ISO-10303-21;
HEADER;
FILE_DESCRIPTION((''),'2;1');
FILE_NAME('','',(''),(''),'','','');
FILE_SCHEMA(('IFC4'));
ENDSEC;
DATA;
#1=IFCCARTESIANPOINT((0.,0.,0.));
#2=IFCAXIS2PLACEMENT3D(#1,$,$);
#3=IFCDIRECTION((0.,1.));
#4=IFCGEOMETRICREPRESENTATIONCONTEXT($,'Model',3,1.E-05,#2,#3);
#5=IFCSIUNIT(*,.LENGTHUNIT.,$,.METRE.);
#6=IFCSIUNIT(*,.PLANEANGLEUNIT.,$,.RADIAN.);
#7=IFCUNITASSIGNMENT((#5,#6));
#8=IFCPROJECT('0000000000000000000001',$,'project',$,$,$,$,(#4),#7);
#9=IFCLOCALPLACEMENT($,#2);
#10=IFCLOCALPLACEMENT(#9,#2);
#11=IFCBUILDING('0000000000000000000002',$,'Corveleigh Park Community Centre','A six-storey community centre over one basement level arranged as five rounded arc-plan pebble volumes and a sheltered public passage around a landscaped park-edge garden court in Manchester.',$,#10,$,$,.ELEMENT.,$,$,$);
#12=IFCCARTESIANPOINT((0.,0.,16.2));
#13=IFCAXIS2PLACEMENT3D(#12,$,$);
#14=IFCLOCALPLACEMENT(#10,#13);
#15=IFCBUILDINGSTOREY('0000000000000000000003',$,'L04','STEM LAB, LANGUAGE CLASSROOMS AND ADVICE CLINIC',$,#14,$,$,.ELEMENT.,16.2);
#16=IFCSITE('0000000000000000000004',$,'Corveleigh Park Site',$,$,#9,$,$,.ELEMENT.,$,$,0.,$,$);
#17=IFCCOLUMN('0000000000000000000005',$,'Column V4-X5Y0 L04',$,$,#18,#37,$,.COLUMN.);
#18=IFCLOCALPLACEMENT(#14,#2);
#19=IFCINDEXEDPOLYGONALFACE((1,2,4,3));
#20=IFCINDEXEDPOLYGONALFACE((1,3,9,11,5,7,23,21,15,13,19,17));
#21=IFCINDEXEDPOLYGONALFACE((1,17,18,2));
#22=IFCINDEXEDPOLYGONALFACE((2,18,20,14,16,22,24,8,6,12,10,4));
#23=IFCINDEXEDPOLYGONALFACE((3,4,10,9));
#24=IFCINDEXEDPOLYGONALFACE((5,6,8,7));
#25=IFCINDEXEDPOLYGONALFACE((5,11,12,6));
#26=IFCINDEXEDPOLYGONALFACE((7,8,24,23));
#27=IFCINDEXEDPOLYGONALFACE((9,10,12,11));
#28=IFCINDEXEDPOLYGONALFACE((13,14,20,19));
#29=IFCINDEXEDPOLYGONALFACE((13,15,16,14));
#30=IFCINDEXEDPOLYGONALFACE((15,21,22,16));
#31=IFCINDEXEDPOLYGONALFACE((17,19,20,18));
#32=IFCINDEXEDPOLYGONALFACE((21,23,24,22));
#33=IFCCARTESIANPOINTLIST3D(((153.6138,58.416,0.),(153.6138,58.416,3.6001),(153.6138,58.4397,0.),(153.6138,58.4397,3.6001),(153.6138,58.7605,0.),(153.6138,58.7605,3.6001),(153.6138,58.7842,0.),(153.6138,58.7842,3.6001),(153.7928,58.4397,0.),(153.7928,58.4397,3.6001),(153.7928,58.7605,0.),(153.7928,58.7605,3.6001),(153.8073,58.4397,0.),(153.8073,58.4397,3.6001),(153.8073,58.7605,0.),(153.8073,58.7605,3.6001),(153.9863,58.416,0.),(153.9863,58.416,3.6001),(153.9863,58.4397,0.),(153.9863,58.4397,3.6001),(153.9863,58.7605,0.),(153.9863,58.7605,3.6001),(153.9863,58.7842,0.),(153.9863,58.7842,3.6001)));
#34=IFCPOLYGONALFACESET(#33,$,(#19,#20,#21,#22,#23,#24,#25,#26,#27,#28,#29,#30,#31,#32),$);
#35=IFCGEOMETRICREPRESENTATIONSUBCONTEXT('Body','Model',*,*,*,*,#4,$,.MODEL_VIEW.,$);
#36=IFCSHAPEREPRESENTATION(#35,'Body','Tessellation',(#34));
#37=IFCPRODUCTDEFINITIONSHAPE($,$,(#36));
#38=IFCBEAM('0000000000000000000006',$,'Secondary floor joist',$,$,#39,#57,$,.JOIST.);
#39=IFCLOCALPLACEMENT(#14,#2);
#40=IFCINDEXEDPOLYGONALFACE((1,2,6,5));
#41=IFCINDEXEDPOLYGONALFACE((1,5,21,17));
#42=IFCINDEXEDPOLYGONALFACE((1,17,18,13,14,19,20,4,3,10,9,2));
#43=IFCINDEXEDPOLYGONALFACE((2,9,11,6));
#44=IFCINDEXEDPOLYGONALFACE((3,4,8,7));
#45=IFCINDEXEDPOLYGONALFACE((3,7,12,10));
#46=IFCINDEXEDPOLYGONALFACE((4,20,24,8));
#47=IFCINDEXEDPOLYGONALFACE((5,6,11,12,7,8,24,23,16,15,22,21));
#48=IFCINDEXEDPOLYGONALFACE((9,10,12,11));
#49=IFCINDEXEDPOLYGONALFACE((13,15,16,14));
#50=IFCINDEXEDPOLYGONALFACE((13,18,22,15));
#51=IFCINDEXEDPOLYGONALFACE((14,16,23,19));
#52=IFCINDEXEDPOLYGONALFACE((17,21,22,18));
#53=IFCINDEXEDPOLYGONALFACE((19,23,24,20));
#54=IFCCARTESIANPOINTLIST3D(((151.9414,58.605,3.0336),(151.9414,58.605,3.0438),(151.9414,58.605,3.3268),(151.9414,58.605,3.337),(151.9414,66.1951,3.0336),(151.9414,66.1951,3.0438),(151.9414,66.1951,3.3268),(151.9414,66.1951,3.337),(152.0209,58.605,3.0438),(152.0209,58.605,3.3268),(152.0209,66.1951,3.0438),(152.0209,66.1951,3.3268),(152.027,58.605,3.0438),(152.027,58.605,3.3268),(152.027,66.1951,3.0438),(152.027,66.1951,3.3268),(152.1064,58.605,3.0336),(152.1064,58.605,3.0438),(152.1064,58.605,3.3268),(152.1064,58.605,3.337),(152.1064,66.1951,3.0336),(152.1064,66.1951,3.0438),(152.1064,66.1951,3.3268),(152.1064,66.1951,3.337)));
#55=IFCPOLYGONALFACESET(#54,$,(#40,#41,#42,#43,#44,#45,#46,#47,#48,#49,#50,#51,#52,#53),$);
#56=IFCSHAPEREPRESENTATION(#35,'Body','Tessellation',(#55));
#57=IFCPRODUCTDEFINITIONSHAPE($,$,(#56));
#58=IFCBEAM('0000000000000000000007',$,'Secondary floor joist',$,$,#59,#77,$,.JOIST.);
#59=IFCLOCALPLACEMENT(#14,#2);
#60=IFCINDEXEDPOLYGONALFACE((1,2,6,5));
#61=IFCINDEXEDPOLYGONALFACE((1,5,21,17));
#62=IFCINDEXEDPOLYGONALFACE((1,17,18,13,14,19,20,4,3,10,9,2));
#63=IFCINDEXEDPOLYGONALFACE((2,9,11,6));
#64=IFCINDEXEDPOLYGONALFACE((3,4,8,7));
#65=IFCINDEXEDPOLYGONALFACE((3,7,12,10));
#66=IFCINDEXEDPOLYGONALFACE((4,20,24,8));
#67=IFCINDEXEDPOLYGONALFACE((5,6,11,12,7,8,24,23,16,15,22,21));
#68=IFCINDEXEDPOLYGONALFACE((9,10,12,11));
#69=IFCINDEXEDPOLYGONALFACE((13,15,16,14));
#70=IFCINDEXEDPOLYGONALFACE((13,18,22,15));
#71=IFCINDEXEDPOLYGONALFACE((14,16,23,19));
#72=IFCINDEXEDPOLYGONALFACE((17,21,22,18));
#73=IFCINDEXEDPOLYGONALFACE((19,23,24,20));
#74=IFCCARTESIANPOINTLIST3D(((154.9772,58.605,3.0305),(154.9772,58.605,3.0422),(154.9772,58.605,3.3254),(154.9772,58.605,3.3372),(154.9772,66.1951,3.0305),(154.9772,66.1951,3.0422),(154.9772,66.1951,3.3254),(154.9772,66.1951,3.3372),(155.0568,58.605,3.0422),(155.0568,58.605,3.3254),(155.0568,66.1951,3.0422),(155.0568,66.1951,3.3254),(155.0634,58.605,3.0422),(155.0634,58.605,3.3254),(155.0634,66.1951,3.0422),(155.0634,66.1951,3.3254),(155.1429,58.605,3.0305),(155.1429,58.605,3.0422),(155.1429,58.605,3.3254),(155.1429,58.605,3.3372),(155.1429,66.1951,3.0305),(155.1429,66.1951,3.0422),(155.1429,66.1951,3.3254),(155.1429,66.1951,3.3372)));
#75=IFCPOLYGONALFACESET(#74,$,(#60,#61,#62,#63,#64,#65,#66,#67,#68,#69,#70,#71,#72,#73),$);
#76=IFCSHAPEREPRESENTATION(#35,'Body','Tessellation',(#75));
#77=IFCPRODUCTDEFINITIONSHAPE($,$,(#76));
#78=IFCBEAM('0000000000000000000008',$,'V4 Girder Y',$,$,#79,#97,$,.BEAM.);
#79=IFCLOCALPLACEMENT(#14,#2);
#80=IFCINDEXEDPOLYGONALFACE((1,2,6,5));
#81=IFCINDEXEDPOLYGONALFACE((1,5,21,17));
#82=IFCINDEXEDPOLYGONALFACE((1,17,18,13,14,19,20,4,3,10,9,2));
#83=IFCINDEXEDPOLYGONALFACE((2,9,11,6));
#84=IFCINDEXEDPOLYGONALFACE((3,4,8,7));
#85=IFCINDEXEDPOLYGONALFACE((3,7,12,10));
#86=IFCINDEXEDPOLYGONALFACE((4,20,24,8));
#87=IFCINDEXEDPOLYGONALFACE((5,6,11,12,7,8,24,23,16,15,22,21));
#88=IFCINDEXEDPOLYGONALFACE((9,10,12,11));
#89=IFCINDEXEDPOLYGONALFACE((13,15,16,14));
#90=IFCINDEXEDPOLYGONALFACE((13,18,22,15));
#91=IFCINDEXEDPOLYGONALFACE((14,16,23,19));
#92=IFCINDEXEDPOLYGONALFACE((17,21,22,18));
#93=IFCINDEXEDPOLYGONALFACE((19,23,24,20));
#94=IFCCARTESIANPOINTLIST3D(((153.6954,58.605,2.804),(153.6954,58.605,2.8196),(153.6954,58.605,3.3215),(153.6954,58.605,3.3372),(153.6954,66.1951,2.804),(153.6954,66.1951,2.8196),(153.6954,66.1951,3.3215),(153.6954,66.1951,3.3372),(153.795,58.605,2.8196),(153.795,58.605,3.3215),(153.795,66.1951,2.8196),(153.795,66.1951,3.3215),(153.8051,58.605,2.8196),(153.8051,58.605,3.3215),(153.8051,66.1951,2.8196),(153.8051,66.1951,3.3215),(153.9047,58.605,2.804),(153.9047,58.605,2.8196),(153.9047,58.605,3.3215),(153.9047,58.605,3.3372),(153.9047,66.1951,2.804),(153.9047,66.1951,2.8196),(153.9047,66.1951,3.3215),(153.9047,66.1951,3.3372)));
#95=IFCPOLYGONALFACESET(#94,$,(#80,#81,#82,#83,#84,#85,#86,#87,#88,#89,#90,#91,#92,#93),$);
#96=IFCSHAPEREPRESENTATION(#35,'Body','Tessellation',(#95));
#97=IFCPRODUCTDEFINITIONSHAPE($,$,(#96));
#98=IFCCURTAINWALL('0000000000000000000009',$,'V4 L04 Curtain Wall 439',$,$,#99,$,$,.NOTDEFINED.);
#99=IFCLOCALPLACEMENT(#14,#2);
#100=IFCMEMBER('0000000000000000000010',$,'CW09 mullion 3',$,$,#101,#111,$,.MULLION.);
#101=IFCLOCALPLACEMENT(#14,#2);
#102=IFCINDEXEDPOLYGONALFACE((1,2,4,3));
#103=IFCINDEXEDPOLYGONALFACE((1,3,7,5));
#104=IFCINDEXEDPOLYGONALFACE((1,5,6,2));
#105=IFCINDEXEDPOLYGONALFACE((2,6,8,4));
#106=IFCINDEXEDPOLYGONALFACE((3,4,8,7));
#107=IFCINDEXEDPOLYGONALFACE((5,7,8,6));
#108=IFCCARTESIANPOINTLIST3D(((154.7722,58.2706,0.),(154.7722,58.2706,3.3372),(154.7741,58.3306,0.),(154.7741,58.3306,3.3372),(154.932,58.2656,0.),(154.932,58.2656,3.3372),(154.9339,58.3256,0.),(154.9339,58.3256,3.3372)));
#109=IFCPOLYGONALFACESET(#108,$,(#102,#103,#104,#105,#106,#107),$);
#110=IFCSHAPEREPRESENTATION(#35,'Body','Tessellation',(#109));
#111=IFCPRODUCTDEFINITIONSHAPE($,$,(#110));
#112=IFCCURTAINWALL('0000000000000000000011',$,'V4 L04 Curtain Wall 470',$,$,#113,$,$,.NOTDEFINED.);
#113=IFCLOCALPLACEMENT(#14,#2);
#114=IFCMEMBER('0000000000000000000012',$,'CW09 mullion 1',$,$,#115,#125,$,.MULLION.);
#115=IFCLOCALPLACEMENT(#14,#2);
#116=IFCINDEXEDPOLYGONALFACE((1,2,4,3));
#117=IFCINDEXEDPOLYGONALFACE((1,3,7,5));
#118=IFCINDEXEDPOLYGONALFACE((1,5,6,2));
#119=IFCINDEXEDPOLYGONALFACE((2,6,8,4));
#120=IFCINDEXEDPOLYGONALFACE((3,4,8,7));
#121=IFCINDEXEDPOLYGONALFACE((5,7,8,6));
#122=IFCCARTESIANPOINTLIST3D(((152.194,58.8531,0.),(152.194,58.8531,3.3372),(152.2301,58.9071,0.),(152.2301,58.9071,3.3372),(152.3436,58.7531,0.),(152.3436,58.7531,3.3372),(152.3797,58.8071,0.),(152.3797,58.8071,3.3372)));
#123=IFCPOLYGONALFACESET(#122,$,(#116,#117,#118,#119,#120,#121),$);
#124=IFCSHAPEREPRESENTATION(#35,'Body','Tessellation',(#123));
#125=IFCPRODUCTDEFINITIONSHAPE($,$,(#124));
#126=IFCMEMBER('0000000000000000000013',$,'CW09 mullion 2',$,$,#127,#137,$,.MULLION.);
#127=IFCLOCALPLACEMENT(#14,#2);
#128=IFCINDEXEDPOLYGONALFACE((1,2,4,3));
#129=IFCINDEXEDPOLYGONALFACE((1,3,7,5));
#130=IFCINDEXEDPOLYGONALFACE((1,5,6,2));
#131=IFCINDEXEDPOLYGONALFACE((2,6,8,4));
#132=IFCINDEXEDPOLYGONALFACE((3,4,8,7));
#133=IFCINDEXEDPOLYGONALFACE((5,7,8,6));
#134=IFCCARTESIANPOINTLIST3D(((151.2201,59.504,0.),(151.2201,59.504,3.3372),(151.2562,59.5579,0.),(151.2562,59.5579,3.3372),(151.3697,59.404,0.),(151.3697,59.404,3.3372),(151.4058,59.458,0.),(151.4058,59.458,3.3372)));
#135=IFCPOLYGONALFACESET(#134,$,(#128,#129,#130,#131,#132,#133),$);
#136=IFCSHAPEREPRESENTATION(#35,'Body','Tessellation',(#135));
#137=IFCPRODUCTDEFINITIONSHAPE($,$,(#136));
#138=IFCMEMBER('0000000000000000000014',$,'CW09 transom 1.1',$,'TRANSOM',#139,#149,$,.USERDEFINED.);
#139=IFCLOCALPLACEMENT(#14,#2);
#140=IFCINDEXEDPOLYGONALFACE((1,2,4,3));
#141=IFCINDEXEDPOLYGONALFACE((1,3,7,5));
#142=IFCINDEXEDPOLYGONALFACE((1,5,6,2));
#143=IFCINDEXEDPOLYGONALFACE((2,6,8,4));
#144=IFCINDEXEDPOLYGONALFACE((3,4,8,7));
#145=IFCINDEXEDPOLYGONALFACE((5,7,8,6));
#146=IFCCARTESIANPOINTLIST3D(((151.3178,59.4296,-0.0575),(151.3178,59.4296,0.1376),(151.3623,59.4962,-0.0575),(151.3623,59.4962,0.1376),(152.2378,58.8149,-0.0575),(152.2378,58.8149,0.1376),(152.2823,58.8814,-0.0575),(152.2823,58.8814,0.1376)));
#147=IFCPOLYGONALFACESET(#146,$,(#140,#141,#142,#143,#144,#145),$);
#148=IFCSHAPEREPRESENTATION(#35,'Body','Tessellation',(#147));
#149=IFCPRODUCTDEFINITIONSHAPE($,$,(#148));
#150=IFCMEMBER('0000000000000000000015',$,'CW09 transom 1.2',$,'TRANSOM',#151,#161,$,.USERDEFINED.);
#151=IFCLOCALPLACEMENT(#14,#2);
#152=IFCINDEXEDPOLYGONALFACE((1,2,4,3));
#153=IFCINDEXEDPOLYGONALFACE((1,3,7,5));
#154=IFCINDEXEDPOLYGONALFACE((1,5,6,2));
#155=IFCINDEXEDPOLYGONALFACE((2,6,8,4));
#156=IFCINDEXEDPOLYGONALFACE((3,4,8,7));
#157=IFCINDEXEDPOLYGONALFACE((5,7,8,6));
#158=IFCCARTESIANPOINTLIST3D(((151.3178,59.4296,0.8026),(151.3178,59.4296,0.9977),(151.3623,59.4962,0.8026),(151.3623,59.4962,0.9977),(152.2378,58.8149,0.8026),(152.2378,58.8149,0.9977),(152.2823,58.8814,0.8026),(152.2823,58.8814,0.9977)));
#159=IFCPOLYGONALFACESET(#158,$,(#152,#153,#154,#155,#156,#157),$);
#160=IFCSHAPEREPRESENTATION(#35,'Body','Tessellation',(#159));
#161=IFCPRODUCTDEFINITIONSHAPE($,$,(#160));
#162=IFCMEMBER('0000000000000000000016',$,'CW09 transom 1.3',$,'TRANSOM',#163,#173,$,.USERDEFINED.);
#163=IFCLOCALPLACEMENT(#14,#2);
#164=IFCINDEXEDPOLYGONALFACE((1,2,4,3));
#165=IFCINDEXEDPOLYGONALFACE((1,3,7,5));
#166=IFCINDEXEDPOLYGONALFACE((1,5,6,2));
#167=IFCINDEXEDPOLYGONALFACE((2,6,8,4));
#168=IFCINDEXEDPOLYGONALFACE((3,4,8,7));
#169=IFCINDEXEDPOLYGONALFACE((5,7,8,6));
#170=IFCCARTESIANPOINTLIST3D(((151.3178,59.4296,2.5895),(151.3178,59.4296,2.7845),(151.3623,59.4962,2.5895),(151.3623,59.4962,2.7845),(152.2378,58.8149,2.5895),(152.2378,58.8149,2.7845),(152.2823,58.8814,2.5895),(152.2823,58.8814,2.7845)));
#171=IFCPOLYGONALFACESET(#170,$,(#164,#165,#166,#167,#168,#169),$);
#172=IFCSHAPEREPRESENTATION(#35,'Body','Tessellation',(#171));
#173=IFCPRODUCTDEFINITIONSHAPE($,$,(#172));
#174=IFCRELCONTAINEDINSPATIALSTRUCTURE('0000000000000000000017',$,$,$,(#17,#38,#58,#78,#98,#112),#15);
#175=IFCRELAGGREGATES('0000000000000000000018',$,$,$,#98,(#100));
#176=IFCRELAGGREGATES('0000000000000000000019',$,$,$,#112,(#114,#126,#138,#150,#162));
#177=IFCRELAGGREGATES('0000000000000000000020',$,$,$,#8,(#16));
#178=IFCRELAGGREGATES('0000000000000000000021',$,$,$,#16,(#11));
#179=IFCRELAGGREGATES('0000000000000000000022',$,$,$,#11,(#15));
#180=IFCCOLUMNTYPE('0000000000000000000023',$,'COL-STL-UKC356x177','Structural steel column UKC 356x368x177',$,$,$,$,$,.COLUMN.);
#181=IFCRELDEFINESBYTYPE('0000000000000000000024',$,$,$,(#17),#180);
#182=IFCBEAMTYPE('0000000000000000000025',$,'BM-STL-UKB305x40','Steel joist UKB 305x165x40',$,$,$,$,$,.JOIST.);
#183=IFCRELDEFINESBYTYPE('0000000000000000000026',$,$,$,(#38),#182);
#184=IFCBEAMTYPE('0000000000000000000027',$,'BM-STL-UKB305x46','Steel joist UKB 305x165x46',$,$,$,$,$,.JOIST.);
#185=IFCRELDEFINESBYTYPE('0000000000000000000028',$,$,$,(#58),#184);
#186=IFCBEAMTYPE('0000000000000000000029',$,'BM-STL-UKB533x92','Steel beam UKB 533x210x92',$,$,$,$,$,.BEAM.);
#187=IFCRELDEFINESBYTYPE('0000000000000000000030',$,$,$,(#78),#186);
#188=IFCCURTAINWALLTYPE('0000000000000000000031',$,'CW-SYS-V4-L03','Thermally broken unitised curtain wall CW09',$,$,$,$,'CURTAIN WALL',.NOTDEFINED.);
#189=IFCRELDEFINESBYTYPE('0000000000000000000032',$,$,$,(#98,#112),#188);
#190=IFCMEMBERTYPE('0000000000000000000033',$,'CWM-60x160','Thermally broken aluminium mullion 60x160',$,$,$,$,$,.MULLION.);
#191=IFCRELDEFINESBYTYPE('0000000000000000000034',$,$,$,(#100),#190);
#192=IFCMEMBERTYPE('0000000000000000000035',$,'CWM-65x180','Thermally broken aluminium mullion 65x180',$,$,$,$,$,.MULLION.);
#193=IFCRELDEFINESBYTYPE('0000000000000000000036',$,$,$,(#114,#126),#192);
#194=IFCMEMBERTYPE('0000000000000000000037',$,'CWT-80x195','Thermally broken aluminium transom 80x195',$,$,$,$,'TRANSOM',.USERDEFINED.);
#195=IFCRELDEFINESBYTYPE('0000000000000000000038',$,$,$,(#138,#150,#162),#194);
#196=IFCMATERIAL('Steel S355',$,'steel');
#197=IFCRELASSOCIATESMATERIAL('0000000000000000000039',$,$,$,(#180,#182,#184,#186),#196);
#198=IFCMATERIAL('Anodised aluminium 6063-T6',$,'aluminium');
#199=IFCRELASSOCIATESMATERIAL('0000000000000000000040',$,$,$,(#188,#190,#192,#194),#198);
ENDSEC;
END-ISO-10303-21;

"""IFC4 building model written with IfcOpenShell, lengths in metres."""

from ifc_helpers import new_model, si_unit, direction, frame, origin, origin_2d, place, context, subcontext, project, spatial, rectangle, i_section, extrude, material, material_profile, profile_set, type_object, element, aggregate, save


model = new_model("IFC4")

# Units and contexts
model_context = context("Model", 3, precision=1e-05, world=origin(), true_north=direction((0.0, 1.0)))
body_context = subcontext(model_context, "Body", "Model", "MODEL_VIEW")
ifc_project = project(units=[si_unit("LENGTHUNIT", "METRE"), si_unit("PLANEANGLEUNIT", "RADIAN")], contexts=[model_context])

# Site, building, storey
site_placement = place(None, origin())
site = spatial("IfcSite", under=ifc_project, at=site_placement, Name="Corveleigh Park Site", CompositionType="ELEMENT", RefElevation=0.0)
building_placement = place(site_placement, origin())
building = spatial("IfcBuilding", under=site, at=building_placement, Name="Corveleigh Park Community Centre", Description="A six-storey community centre over one basement level arranged as five rounded arc-plan pebble volumes and a sheltered public passage around a landscaped park-edge garden court in Manchester.", CompositionType="ELEMENT")
storey_placement = place(building_placement, frame((0.0, 0.0, 16.2)))
storey = spatial("IfcBuildingStorey", under=building, at=storey_placement, Name="L04", Description="STEM LAB, LANGUAGE CLASSROOMS AND ADVICE CLINIC", CompositionType="ELEMENT", Elevation=16.2)

# Column
ifc_material_1 = material(Name="Steel S355", Category="steel")
ifc_material_profile_1 = material_profile(ifc_material_1, i_section(OverallWidth=0.3726, OverallDepth=0.3682, WebThickness=0.0144, FlangeThickness=0.0237, at=origin_2d()), Name="UKC 356x368x177", Category="steel")
ifc_profile_set_1 = profile_set([ifc_material_profile_1], Name="Steel S355")
column_type = type_object("IfcColumnType", Name="COL-STL-UKC356x177", Description="Structural steel column UKC 356x368x177", PredefinedType="COLUMN", material=ifc_profile_set_1)
column_placement = place(storey_placement, frame((153.8, 58.6001, 0.0), z_axis=(0.0, 0.0, 1.0), x_axis=(1.0, 0.0, 0.0)))
element("IfcColumn", 1, at=column_placement, inside=storey, type_object=column_type, Name="Column V4-X5Y0 L04", PredefinedType="COLUMN", context=body_context, shape_type="SweptSolid", body=[
    extrude(i_section(OverallWidth=0.3726, OverallDepth=0.3682, WebThickness=0.0144, FlangeThickness=0.0237, at=origin_2d()), origin(), (0.0, 0.0, 1.0), 3.6001),
])

# Beams
ifc_material_profile_2 = material_profile(ifc_material_1, i_section(OverallWidth=0.165, OverallDepth=0.3035, WebThickness=0.0061, FlangeThickness=0.0103, at=origin_2d()), Name="UKB 305x165x40", Category="steel")
ifc_profile_set_2 = profile_set([ifc_material_profile_2], Name="Steel S355")
beam_type_1 = type_object("IfcBeamType", Name="BM-STL-UKB305x40", Description="Steel joist UKB 305x165x40", PredefinedType="JOIST", material=ifc_profile_set_2)
beam_1_placement = place(storey_placement, frame((152.0239, 58.605, 3.1853), z_axis=(0.0, 1.0, 0.0), x_axis=(-1.0, 0.0, 0.0)))
element("IfcBeam", 2, at=beam_1_placement, inside=storey, type_object=beam_type_1, Name="Secondary floor joist", PredefinedType="JOIST", context=body_context, shape_type="SweptSolid", body=[
    extrude(i_section(OverallWidth=0.165, OverallDepth=0.3035, WebThickness=0.0061, FlangeThickness=0.0103, at=origin_2d()), origin(), (0.0, 0.0, 1.0), 7.5901),
])
ifc_material_profile_3 = material_profile(ifc_material_1, i_section(OverallWidth=0.1658, OverallDepth=0.3066, WebThickness=0.0066, FlangeThickness=0.0117, at=origin_2d()), Name="UKB 305x165x46", Category="steel")
ifc_profile_set_3 = profile_set([ifc_material_profile_3], Name="Steel S355")
beam_type_2 = type_object("IfcBeamType", Name="BM-STL-UKB305x46", Description="Steel joist UKB 305x165x46", PredefinedType="JOIST", material=ifc_profile_set_3)
beam_2_placement = place(storey_placement, frame((155.0601, 58.605, 3.1838), z_axis=(0.0, 1.0, 0.0), x_axis=(-1.0, 0.0, 0.0)))
element("IfcBeam", 3, at=beam_2_placement, inside=storey, type_object=beam_type_2, Name="Secondary floor joist", PredefinedType="JOIST", context=body_context, shape_type="SweptSolid", body=[
    extrude(i_section(OverallWidth=0.1658, OverallDepth=0.3066, WebThickness=0.0066, FlangeThickness=0.0117, at=origin_2d()), origin(), (0.0, 0.0, 1.0), 7.5901),
])
ifc_material_profile_4 = material_profile(ifc_material_1, i_section(OverallWidth=0.2092, OverallDepth=0.5332, WebThickness=0.01, FlangeThickness=0.0156, at=origin_2d()), Name="UKB 533x210x92", Category="steel")
ifc_profile_set_4 = profile_set([ifc_material_profile_4], Name="Steel S355")
beam_type_3 = type_object("IfcBeamType", Name="BM-STL-UKB533x92", Description="Steel beam UKB 533x210x92", PredefinedType="BEAM", material=ifc_profile_set_4)
beam_3_placement = place(storey_placement, frame((153.8, 58.605, 3.0706), z_axis=(0.0, 1.0, 0.0), x_axis=(-1.0, 0.0, 0.0)))
element("IfcBeam", 4, at=beam_3_placement, inside=storey, type_object=beam_type_3, Name="V4 Girder Y", PredefinedType="BEAM", context=body_context, shape_type="SweptSolid", body=[
    extrude(i_section(OverallWidth=0.2092, OverallDepth=0.5332, WebThickness=0.01, FlangeThickness=0.0156, at=origin_2d()), origin(), (0.0, 0.0, 1.0), 7.5901),
])

# Curtain wall, member
ifc_material_2 = material(Name="Anodised aluminium 6063-T6", Category="aluminium")
curtain_wall_type = type_object("IfcCurtainWallType", Name="CW-SYS-V4-L03", Description="Thermally broken unitised curtain wall CW09", ElementType="CURTAIN WALL", PredefinedType="NOTDEFINED", material=ifc_material_2)
curtain_wall_1_placement = place(storey_placement, origin())
curtain_wall_1 = element("IfcCurtainWall", 5, at=curtain_wall_1_placement, inside=storey, type_object=curtain_wall_type, Name="V4 L04 Curtain Wall 439", PredefinedType="NOTDEFINED")
ifc_material_profile_5 = material_profile(ifc_material_2, rectangle(XDim=0.0601, YDim=0.1599, at=origin_2d()), Name="ALU-M60x160", Category="aluminium")
ifc_profile_set_5 = profile_set([ifc_material_profile_5], Name="Anodised aluminium 6063-T6")
member_type_1 = type_object("IfcMemberType", Name="CWM-60x160", Description="Thermally broken aluminium mullion 60x160", PredefinedType="MULLION", material=ifc_profile_set_5)
member_1_placement = place(storey_placement, frame((154.853, 58.2981, 0.0), z_axis=(0.0, 0.0, 1.0), x_axis=(-0.031454, -0.999505, 0.0)))
member_1 = element("IfcMember", 6, at=member_1_placement, type_object=member_type_1, Name="CW09 mullion 3", PredefinedType="MULLION", context=body_context, shape_type="SweptSolid", body=[
    extrude(rectangle(XDim=0.0601, YDim=0.1599, at=origin_2d()), origin(), (0.0, 0.0, 1.0), 3.3372),
])
aggregate(curtain_wall_1, [member_1])

# Curtain wall, members
curtain_wall_2_placement = place(storey_placement, origin())
curtain_wall_2 = element("IfcCurtainWall", 7, at=curtain_wall_2_placement, inside=storey, type_object=curtain_wall_type, Name="V4 L04 Curtain Wall 470", PredefinedType="NOTDEFINED")
ifc_material_profile_6 = material_profile(ifc_material_2, rectangle(XDim=0.0649, YDim=0.1799, at=origin_2d()), Name="ALU-M65x180", Category="aluminium")
ifc_profile_set_6 = profile_set([ifc_material_profile_6], Name="Anodised aluminium 6063-T6")
member_type_2 = type_object("IfcMemberType", Name="CWM-65x180", Description="Thermally broken aluminium mullion 65x180", PredefinedType="MULLION", material=ifc_profile_set_6)
member_2_placement = place(storey_placement, frame((152.2869, 58.8301, 0.0), z_axis=(0.0, 0.0, 1.0), x_axis=(-0.555658, -0.831411, 0.0)))
member_2 = element("IfcMember", 8, at=member_2_placement, type_object=member_type_2, Name="CW09 mullion 1", PredefinedType="MULLION", context=body_context, shape_type="SweptSolid", body=[
    extrude(rectangle(XDim=0.0649, YDim=0.1799, at=origin_2d()), origin(), (0.0, 0.0, 1.0), 3.3372),
])
member_3_placement = place(storey_placement, frame((151.313, 59.481, 0.0), z_axis=(0.0, 0.0, 1.0), x_axis=(-0.555658, -0.831411, 0.0)))
member_3 = element("IfcMember", 9, at=member_3_placement, type_object=member_type_2, Name="CW09 mullion 2", PredefinedType="MULLION", context=body_context, shape_type="SweptSolid", body=[
    extrude(rectangle(XDim=0.0649, YDim=0.1799, at=origin_2d()), origin(), (0.0, 0.0, 1.0), 3.3372),
])
ifc_material_profile_7 = material_profile(ifc_material_2, rectangle(XDim=0.0801, YDim=0.1951, at=origin_2d()), Name="ALU-T80x195", Category="aluminium")
ifc_profile_set_7 = profile_set([ifc_material_profile_7], Name="Anodised aluminium 6063-T6")
member_type_3 = type_object("IfcMemberType", Name="CWT-80x195", Description="Thermally broken aluminium transom 80x195", ElementType="TRANSOM", PredefinedType="USERDEFINED", material=ifc_profile_set_7)
member_4_placement = place(storey_placement, frame((152.26, 58.8481, 0.04), z_axis=(-0.831439, 0.555616, 0.0), x_axis=(-0.555616, -0.831439, 0.0)))
member_4 = element("IfcMember", 10, at=member_4_placement, type_object=member_type_3, Name="CW09 transom 1.1", ObjectType="TRANSOM", PredefinedType="USERDEFINED", context=body_context, shape_type="SweptSolid", body=[
    extrude(rectangle(XDim=0.0801, YDim=0.1951, at=origin_2d()), origin(), (0.0, 0.0, 1.0), 1.1064),
])
member_5_placement = place(storey_placement, frame((152.26, 58.8481, 0.9001), z_axis=(-0.831439, 0.555616, 0.0), x_axis=(-0.555616, -0.831439, 0.0)))
member_5 = element("IfcMember", 11, at=member_5_placement, type_object=member_type_3, Name="CW09 transom 1.2", ObjectType="TRANSOM", PredefinedType="USERDEFINED", context=body_context, shape_type="SweptSolid", body=[
    extrude(rectangle(XDim=0.0801, YDim=0.1951, at=origin_2d()), origin(), (0.0, 0.0, 1.0), 1.1064),
])
member_6_placement = place(storey_placement, frame((152.26, 58.8481, 2.687), z_axis=(-0.831439, 0.555616, 0.0), x_axis=(-0.555616, -0.831439, 0.0)))
member_6 = element("IfcMember", 12, at=member_6_placement, type_object=member_type_3, Name="CW09 transom 1.3", ObjectType="TRANSOM", PredefinedType="USERDEFINED", context=body_context, shape_type="SweptSolid", body=[
    extrude(rectangle(XDim=0.0801, YDim=0.1951, at=origin_2d()), origin(), (0.0, 0.0, 1.0), 1.1064),
])

aggregate(curtain_wall_2, [member_2, member_3, member_4, member_5, member_6])

save(model, "model.ifc")
